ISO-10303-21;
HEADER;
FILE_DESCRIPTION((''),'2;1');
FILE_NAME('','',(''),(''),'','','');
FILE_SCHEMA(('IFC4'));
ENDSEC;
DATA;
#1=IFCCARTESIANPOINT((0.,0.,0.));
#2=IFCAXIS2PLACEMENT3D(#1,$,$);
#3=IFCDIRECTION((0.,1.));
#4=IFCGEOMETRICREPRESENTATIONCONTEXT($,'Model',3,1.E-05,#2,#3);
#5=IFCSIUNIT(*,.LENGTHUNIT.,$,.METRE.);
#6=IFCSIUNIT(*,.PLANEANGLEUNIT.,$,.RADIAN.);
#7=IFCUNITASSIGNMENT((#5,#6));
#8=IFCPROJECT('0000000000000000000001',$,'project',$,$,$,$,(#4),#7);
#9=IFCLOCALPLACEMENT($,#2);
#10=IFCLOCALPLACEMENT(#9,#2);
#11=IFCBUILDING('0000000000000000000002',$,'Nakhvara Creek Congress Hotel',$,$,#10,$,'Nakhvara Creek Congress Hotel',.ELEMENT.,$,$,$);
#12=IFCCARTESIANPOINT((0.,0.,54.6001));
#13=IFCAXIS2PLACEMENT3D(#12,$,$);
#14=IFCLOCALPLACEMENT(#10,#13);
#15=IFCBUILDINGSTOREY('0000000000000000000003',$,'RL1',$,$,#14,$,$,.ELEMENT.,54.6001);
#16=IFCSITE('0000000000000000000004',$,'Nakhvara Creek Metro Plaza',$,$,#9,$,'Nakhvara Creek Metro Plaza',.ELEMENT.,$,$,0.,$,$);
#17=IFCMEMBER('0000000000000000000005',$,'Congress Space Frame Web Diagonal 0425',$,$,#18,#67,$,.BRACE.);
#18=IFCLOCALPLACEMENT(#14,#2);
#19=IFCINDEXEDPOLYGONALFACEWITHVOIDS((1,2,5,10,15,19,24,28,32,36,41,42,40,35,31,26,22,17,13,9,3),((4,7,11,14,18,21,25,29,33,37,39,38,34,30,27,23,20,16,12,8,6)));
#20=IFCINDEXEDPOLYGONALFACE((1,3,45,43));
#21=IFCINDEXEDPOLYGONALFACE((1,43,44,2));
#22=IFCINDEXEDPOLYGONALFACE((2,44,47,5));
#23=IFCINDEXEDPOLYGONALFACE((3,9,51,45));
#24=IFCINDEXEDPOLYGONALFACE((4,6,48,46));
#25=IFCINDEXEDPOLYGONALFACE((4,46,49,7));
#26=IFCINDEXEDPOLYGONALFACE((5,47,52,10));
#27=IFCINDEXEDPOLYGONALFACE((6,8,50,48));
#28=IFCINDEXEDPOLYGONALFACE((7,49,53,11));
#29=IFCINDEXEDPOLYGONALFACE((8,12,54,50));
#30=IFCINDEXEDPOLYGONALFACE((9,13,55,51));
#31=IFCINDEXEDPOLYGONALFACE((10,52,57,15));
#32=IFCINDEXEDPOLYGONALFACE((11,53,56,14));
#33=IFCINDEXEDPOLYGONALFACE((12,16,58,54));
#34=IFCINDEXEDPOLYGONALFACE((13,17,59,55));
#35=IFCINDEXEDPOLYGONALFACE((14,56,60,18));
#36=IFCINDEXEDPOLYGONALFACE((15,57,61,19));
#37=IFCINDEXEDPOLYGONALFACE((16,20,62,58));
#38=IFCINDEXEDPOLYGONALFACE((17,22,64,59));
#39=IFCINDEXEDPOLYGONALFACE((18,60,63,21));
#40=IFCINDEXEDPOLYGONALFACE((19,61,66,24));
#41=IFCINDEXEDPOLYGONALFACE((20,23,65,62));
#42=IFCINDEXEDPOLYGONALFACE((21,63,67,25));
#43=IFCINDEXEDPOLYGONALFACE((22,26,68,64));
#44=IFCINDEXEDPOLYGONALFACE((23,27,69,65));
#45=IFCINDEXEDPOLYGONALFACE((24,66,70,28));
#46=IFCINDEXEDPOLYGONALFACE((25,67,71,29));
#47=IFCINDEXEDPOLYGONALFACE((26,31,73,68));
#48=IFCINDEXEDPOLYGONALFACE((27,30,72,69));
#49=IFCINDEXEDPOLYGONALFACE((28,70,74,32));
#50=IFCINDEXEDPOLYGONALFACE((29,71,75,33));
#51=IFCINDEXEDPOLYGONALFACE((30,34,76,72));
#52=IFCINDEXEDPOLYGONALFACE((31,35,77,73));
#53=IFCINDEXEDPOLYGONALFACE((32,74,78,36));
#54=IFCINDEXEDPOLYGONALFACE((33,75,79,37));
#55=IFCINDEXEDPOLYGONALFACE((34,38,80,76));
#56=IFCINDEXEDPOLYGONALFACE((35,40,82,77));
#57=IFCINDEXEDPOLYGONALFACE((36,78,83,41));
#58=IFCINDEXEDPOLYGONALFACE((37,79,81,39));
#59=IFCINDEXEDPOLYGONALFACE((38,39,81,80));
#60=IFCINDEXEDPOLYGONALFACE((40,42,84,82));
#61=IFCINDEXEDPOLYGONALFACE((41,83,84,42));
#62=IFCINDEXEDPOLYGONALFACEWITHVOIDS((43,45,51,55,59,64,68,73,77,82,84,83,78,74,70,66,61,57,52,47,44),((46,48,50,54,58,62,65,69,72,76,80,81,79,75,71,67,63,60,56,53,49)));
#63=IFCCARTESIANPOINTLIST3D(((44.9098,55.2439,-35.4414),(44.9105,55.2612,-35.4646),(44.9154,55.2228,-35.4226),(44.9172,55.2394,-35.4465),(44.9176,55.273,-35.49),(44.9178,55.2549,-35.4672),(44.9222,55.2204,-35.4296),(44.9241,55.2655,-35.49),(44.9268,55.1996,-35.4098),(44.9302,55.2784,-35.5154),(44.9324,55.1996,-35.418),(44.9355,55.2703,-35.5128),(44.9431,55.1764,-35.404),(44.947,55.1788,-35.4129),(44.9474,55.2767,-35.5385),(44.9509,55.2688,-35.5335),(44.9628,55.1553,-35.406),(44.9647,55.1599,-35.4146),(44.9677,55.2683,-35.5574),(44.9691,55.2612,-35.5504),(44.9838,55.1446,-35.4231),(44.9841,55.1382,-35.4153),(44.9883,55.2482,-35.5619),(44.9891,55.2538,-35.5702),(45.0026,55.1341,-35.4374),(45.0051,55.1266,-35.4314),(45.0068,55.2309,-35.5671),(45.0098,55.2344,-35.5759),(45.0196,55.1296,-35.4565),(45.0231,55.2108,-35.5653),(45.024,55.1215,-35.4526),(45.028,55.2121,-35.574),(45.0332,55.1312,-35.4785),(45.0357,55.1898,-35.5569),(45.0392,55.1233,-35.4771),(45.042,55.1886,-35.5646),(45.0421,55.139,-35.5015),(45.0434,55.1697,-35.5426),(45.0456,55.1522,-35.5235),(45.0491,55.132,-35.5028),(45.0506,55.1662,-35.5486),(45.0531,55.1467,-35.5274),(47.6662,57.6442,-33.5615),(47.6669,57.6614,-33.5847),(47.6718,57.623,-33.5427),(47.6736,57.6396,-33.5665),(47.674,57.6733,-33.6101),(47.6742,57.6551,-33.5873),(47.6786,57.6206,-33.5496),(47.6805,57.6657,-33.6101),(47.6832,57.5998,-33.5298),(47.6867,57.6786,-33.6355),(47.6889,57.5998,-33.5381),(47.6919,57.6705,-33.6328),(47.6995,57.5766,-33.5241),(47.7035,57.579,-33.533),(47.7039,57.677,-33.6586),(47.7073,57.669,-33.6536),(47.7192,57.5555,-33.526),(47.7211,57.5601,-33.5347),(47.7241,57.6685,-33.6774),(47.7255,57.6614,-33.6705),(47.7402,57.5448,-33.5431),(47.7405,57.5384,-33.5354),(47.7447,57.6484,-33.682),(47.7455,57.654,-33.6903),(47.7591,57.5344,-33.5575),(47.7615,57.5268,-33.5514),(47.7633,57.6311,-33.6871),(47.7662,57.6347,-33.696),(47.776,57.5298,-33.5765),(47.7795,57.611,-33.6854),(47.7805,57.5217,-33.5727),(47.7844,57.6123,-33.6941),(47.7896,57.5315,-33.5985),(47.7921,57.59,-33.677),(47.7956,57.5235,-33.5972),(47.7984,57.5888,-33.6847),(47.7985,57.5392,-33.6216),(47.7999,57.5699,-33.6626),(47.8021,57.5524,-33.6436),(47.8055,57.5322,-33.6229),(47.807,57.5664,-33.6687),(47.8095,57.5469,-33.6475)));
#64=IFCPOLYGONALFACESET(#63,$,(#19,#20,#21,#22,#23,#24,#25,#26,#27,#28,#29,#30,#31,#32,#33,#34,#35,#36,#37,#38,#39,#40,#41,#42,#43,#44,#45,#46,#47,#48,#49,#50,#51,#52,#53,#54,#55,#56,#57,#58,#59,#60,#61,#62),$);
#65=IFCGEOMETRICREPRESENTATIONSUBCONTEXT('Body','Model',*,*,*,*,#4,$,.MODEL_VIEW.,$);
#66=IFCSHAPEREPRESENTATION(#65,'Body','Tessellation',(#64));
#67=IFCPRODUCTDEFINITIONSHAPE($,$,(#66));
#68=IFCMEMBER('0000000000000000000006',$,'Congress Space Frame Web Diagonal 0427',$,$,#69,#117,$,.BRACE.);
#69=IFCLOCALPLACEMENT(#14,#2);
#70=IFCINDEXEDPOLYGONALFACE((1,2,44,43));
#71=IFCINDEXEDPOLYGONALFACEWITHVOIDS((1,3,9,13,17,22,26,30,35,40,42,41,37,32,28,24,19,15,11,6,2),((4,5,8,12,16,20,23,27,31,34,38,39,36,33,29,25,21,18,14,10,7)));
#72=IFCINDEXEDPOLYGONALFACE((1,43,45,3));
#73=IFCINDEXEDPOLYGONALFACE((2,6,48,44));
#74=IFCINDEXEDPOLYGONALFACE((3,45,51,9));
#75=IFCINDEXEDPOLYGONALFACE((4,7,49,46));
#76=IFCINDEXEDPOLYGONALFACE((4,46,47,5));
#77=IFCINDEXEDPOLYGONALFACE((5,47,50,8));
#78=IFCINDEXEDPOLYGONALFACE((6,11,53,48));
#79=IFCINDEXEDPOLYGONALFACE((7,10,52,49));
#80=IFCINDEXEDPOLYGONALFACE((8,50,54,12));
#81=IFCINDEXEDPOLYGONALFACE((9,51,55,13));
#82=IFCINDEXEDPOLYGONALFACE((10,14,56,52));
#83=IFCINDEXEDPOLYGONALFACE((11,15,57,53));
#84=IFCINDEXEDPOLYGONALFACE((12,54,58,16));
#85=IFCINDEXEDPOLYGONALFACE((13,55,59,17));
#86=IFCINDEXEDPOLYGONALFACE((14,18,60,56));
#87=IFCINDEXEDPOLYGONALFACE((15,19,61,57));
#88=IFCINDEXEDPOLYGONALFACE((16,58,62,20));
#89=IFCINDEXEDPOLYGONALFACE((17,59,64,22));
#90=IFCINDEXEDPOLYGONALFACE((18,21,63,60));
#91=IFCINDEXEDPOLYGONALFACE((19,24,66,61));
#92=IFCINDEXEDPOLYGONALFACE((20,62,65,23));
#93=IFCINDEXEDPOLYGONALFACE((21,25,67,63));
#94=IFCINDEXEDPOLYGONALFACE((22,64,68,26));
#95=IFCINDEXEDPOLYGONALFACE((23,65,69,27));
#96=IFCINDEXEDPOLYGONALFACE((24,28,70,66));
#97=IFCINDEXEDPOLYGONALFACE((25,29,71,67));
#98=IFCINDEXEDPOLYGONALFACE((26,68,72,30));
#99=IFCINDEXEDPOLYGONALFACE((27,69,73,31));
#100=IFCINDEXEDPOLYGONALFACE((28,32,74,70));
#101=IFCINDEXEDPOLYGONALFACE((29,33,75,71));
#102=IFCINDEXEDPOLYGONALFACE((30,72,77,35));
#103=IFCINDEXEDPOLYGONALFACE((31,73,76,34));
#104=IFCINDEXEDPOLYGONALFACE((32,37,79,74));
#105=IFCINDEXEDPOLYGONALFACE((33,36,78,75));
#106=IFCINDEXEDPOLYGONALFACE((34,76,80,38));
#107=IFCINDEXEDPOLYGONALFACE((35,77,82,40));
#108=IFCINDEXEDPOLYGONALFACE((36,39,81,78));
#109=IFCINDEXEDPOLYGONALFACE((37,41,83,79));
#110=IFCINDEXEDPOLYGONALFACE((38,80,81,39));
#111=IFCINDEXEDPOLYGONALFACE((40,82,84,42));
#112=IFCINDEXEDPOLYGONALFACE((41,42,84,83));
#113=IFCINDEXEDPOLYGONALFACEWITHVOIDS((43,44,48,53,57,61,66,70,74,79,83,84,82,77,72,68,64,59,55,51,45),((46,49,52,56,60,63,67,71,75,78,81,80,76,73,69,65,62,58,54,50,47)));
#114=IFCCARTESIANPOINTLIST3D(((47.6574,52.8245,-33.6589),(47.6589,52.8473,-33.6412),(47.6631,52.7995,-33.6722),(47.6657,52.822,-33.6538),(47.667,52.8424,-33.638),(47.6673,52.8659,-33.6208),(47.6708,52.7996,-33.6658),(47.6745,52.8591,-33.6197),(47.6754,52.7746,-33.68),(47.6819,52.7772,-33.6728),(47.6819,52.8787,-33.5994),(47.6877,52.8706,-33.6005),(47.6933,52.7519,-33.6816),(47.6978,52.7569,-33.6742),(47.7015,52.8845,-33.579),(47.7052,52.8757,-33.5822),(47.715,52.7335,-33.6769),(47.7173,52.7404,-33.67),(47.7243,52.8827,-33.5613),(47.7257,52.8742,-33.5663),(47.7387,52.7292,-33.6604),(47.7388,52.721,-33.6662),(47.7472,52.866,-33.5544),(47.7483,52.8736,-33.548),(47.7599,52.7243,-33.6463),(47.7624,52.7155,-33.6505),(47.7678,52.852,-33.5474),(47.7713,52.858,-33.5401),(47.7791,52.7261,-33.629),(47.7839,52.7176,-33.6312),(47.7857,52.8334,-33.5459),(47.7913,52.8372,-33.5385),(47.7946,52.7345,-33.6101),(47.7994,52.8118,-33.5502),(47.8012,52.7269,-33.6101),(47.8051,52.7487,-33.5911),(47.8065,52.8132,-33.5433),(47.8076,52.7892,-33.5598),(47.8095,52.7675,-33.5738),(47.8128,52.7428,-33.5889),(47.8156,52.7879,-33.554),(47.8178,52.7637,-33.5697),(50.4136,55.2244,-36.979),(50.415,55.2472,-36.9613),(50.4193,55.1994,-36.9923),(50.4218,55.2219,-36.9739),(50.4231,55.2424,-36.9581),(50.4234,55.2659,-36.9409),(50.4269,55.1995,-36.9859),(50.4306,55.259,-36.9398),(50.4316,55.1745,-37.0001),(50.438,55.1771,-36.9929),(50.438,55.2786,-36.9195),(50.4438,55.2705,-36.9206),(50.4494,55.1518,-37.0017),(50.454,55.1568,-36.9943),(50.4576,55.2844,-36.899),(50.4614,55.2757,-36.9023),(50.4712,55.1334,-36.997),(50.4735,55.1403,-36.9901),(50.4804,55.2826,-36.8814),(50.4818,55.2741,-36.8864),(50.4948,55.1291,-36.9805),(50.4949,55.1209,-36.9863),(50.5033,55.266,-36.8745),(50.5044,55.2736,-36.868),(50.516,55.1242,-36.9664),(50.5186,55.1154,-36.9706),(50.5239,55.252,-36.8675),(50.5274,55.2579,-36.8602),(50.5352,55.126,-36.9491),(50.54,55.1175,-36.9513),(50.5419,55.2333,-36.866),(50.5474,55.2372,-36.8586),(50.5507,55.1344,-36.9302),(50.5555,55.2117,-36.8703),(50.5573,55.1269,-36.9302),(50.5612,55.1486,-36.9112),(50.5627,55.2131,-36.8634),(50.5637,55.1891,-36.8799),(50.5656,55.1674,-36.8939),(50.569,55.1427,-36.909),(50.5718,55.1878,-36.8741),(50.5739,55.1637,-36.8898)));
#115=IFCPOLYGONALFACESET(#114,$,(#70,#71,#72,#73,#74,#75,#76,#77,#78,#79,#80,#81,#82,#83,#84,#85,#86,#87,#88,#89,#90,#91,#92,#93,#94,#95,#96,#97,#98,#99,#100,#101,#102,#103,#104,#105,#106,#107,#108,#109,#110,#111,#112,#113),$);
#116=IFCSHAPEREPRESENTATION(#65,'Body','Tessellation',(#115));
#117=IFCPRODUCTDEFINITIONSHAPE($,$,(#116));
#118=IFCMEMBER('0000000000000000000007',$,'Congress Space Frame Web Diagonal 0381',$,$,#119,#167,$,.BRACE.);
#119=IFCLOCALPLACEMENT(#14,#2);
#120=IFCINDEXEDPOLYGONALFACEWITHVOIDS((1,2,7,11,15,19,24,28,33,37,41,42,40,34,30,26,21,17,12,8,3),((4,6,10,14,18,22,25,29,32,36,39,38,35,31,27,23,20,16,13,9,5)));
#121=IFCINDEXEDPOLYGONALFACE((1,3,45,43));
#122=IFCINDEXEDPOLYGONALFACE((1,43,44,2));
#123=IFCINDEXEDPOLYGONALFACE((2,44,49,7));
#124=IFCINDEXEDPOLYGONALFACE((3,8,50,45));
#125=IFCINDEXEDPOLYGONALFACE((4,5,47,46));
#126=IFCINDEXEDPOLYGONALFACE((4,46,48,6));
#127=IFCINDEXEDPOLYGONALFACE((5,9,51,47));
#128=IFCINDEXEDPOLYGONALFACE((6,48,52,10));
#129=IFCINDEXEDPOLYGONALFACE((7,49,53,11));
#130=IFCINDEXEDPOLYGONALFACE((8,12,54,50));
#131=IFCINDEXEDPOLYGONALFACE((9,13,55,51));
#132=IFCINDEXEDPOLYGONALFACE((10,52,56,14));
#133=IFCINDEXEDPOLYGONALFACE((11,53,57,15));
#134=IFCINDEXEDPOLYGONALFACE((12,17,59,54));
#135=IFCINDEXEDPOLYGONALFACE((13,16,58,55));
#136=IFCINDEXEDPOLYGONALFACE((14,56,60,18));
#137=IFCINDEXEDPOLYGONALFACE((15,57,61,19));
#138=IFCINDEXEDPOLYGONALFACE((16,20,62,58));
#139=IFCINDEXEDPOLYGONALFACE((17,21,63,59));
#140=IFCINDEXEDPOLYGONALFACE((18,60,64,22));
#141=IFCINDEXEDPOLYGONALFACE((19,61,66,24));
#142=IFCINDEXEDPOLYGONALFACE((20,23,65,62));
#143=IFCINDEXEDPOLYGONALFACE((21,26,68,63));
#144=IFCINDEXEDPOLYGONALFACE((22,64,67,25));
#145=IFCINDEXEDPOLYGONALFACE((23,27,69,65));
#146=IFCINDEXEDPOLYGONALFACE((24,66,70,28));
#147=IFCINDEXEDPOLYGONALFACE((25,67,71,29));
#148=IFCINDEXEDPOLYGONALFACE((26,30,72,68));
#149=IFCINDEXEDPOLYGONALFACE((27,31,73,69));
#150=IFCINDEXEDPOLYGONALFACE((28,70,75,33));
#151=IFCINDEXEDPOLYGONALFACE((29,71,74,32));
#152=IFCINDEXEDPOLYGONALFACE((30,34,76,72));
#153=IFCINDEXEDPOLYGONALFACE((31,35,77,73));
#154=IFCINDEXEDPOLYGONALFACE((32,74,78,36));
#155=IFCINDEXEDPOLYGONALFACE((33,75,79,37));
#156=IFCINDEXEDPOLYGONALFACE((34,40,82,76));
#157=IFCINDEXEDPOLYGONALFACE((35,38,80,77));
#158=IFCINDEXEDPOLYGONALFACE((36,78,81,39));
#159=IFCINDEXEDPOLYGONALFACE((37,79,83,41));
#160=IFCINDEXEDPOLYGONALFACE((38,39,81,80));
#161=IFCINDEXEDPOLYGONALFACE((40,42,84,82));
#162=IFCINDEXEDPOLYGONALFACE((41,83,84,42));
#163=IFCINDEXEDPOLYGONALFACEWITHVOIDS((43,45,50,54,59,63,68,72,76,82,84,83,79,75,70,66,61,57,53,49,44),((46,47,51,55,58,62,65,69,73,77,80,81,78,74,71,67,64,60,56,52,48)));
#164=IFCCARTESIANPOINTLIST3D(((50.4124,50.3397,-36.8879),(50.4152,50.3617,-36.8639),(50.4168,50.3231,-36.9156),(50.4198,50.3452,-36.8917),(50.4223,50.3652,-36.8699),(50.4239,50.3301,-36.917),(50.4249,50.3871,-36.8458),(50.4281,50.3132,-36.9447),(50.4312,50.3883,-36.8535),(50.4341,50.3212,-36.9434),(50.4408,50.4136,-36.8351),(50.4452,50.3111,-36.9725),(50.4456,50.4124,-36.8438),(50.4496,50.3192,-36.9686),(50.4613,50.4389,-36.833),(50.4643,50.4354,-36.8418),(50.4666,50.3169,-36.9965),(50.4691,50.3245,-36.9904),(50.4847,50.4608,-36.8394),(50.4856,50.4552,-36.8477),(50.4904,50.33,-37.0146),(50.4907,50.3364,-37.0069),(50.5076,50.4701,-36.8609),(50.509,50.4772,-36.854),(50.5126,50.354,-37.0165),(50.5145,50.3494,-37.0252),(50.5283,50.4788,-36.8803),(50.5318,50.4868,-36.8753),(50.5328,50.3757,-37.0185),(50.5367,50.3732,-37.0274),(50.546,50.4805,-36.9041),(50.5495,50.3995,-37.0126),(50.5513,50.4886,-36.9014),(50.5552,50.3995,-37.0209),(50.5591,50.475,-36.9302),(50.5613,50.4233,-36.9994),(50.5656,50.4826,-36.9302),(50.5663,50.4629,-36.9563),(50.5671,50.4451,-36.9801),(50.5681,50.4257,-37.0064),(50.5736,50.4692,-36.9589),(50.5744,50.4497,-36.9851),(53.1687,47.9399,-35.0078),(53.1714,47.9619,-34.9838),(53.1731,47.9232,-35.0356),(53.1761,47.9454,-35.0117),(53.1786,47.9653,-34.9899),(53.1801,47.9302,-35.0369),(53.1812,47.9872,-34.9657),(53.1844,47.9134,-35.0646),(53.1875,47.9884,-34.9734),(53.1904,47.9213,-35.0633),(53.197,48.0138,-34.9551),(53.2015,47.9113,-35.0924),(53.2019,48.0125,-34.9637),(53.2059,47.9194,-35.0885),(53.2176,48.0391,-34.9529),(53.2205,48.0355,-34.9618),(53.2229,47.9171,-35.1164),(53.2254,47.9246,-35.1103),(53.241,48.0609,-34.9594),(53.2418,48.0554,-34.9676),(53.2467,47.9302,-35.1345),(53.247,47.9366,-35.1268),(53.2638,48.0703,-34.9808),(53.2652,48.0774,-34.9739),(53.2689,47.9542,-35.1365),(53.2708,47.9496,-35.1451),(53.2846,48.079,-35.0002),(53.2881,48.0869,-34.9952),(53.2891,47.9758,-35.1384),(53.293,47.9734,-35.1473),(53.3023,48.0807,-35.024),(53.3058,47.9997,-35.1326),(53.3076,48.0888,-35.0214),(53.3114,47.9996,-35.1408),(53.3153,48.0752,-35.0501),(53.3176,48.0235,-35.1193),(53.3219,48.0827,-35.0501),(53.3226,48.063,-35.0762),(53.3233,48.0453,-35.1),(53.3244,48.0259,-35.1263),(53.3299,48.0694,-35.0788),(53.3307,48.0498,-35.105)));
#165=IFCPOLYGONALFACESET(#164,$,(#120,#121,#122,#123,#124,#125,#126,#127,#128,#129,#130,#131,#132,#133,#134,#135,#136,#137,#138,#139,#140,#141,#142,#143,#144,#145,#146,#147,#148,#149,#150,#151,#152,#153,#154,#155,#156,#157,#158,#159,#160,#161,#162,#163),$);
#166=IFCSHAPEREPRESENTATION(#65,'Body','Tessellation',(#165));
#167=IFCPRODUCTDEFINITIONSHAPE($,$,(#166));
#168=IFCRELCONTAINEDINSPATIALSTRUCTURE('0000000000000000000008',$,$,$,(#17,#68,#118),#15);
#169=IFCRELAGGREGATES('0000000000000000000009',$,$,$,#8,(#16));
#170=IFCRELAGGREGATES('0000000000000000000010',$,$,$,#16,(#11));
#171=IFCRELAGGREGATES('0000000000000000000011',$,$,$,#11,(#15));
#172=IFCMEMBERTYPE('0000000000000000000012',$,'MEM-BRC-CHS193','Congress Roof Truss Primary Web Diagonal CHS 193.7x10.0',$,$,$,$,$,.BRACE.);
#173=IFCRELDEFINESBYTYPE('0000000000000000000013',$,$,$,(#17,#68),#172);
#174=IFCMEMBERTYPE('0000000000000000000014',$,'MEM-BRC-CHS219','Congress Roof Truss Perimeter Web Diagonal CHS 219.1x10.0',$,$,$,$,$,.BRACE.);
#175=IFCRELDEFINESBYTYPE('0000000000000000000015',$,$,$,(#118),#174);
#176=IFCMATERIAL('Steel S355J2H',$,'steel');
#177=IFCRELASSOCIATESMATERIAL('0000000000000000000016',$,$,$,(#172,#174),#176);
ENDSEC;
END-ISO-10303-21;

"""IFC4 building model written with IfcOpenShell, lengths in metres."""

from ifc_helpers import new_model, si_unit, direction, frame, origin, origin_2d, place, context, subcontext, project, spatial, hollow_circle, extrude, material, material_profile, profile_set, type_object, element, save


model = new_model("IFC4")

# Units and contexts
model_context = context("Model", 3, precision=1e-05, world=origin(), true_north=direction((0.0, 1.0)))
body_context = subcontext(model_context, "Body", "Model", "MODEL_VIEW")
ifc_project = project(units=[si_unit("LENGTHUNIT", "METRE"), si_unit("PLANEANGLEUNIT", "RADIAN")], contexts=[model_context])

# Site, building, storey
site_placement = place(None, origin())
site = spatial("IfcSite", under=ifc_project, at=site_placement, Name="Nakhvara Creek Metro Plaza", LongName="Nakhvara Creek Metro Plaza", CompositionType="ELEMENT", RefElevation=0.0)
building_placement = place(site_placement, origin())
building = spatial("IfcBuilding", under=site, at=building_placement, Name="Nakhvara Creek Congress Hotel", LongName="Nakhvara Creek Congress Hotel", CompositionType="ELEMENT")
storey_placement = place(building_placement, frame((0.0, 0.0, 54.6001)))
storey = spatial("IfcBuildingStorey", under=building, at=storey_placement, Name="RL1", CompositionType="ELEMENT", Elevation=54.6001)

# Members
ifc_material_1 = material(Name="Steel S355J2H", Category="steel")
ifc_material_profile_1 = material_profile(ifc_material_1, hollow_circle(Radius=0.0969, WallThickness=0.01, at=origin_2d()), Name="CHS 193.7x10.0", Category="LoadBearing")
ifc_profile_set_1 = profile_set([ifc_material_profile_1], Name="Steel S355J2H")
member_type_1 = type_object("IfcMemberType", Name="MEM-BRC-CHS193", Description="Congress Roof Truss Primary Web Diagonal CHS 193.7x10.0", PredefinedType="BRACE", material=ifc_profile_set_1)
member_1_placement = place(storey_placement, frame((44.9812, 55.2, -35.49), z_axis=(0.670644, 0.583977, 0.457392), x_axis=(-0.656696, 0.754155, 0.0)))
element("IfcMember", 1, at=member_1_placement, inside=storey, type_object=member_type_1, Name="Congress Space Frame Web Diagonal 0425", PredefinedType="BRACE", context=body_context, shape_type="SweptSolid", body=[
    extrude(hollow_circle(Radius=0.0969, WallThickness=0.01, at=origin_2d()), origin(), (0.0, 0.0, 1.0), 4.1101),
])
member_2_placement = place(storey_placement, frame((50.4937, 55.2, -36.9302), z_axis=(-0.558203, -0.48606, 0.672425), x_axis=(0.656691, -0.75416, 0.0)))
element("IfcMember", 2, at=member_2_placement, inside=storey, type_object=member_type_1, Name="Congress Space Frame Web Diagonal 0427", PredefinedType="BRACE", context=body_context, shape_type="SweptSolid", body=[
    extrude(hollow_circle(Radius=0.0969, WallThickness=0.01, at=origin_2d()), origin(), (0.0, 0.0, 1.0), 4.9375),
])
ifc_material_profile_2 = material_profile(ifc_material_1, hollow_circle(Radius=0.1096, WallThickness=0.01, at=origin_2d()), Name="CHS 219.1x10.0", Category="LoadBearing")
ifc_profile_set_2 = profile_set([ifc_material_profile_2], Name="Steel S355J2H")
member_type_2 = type_object("IfcMemberType", Name="MEM-BRC-CHS219", Description="Congress Roof Truss Perimeter Web Diagonal CHS 219.1x10.0", PredefinedType="BRACE", material=ifc_profile_set_2)
member_3_placement = place(storey_placement, frame((50.4937, 50.3999, -36.9302), z_axis=(0.670649, -0.583922, 0.457455), x_axis=(0.656658, 0.754188, 0.0)))
element("IfcMember", 3, at=member_3_placement, inside=storey, type_object=member_type_2, Name="Congress Space Frame Web Diagonal 0381", PredefinedType="BRACE", context=body_context, shape_type="SweptSolid", body=[
    extrude(hollow_circle(Radius=0.1096, WallThickness=0.01, at=origin_2d()), origin(), (0.0, 0.0, 1.0), 4.1099),
])

save(model, "model.ifc")
